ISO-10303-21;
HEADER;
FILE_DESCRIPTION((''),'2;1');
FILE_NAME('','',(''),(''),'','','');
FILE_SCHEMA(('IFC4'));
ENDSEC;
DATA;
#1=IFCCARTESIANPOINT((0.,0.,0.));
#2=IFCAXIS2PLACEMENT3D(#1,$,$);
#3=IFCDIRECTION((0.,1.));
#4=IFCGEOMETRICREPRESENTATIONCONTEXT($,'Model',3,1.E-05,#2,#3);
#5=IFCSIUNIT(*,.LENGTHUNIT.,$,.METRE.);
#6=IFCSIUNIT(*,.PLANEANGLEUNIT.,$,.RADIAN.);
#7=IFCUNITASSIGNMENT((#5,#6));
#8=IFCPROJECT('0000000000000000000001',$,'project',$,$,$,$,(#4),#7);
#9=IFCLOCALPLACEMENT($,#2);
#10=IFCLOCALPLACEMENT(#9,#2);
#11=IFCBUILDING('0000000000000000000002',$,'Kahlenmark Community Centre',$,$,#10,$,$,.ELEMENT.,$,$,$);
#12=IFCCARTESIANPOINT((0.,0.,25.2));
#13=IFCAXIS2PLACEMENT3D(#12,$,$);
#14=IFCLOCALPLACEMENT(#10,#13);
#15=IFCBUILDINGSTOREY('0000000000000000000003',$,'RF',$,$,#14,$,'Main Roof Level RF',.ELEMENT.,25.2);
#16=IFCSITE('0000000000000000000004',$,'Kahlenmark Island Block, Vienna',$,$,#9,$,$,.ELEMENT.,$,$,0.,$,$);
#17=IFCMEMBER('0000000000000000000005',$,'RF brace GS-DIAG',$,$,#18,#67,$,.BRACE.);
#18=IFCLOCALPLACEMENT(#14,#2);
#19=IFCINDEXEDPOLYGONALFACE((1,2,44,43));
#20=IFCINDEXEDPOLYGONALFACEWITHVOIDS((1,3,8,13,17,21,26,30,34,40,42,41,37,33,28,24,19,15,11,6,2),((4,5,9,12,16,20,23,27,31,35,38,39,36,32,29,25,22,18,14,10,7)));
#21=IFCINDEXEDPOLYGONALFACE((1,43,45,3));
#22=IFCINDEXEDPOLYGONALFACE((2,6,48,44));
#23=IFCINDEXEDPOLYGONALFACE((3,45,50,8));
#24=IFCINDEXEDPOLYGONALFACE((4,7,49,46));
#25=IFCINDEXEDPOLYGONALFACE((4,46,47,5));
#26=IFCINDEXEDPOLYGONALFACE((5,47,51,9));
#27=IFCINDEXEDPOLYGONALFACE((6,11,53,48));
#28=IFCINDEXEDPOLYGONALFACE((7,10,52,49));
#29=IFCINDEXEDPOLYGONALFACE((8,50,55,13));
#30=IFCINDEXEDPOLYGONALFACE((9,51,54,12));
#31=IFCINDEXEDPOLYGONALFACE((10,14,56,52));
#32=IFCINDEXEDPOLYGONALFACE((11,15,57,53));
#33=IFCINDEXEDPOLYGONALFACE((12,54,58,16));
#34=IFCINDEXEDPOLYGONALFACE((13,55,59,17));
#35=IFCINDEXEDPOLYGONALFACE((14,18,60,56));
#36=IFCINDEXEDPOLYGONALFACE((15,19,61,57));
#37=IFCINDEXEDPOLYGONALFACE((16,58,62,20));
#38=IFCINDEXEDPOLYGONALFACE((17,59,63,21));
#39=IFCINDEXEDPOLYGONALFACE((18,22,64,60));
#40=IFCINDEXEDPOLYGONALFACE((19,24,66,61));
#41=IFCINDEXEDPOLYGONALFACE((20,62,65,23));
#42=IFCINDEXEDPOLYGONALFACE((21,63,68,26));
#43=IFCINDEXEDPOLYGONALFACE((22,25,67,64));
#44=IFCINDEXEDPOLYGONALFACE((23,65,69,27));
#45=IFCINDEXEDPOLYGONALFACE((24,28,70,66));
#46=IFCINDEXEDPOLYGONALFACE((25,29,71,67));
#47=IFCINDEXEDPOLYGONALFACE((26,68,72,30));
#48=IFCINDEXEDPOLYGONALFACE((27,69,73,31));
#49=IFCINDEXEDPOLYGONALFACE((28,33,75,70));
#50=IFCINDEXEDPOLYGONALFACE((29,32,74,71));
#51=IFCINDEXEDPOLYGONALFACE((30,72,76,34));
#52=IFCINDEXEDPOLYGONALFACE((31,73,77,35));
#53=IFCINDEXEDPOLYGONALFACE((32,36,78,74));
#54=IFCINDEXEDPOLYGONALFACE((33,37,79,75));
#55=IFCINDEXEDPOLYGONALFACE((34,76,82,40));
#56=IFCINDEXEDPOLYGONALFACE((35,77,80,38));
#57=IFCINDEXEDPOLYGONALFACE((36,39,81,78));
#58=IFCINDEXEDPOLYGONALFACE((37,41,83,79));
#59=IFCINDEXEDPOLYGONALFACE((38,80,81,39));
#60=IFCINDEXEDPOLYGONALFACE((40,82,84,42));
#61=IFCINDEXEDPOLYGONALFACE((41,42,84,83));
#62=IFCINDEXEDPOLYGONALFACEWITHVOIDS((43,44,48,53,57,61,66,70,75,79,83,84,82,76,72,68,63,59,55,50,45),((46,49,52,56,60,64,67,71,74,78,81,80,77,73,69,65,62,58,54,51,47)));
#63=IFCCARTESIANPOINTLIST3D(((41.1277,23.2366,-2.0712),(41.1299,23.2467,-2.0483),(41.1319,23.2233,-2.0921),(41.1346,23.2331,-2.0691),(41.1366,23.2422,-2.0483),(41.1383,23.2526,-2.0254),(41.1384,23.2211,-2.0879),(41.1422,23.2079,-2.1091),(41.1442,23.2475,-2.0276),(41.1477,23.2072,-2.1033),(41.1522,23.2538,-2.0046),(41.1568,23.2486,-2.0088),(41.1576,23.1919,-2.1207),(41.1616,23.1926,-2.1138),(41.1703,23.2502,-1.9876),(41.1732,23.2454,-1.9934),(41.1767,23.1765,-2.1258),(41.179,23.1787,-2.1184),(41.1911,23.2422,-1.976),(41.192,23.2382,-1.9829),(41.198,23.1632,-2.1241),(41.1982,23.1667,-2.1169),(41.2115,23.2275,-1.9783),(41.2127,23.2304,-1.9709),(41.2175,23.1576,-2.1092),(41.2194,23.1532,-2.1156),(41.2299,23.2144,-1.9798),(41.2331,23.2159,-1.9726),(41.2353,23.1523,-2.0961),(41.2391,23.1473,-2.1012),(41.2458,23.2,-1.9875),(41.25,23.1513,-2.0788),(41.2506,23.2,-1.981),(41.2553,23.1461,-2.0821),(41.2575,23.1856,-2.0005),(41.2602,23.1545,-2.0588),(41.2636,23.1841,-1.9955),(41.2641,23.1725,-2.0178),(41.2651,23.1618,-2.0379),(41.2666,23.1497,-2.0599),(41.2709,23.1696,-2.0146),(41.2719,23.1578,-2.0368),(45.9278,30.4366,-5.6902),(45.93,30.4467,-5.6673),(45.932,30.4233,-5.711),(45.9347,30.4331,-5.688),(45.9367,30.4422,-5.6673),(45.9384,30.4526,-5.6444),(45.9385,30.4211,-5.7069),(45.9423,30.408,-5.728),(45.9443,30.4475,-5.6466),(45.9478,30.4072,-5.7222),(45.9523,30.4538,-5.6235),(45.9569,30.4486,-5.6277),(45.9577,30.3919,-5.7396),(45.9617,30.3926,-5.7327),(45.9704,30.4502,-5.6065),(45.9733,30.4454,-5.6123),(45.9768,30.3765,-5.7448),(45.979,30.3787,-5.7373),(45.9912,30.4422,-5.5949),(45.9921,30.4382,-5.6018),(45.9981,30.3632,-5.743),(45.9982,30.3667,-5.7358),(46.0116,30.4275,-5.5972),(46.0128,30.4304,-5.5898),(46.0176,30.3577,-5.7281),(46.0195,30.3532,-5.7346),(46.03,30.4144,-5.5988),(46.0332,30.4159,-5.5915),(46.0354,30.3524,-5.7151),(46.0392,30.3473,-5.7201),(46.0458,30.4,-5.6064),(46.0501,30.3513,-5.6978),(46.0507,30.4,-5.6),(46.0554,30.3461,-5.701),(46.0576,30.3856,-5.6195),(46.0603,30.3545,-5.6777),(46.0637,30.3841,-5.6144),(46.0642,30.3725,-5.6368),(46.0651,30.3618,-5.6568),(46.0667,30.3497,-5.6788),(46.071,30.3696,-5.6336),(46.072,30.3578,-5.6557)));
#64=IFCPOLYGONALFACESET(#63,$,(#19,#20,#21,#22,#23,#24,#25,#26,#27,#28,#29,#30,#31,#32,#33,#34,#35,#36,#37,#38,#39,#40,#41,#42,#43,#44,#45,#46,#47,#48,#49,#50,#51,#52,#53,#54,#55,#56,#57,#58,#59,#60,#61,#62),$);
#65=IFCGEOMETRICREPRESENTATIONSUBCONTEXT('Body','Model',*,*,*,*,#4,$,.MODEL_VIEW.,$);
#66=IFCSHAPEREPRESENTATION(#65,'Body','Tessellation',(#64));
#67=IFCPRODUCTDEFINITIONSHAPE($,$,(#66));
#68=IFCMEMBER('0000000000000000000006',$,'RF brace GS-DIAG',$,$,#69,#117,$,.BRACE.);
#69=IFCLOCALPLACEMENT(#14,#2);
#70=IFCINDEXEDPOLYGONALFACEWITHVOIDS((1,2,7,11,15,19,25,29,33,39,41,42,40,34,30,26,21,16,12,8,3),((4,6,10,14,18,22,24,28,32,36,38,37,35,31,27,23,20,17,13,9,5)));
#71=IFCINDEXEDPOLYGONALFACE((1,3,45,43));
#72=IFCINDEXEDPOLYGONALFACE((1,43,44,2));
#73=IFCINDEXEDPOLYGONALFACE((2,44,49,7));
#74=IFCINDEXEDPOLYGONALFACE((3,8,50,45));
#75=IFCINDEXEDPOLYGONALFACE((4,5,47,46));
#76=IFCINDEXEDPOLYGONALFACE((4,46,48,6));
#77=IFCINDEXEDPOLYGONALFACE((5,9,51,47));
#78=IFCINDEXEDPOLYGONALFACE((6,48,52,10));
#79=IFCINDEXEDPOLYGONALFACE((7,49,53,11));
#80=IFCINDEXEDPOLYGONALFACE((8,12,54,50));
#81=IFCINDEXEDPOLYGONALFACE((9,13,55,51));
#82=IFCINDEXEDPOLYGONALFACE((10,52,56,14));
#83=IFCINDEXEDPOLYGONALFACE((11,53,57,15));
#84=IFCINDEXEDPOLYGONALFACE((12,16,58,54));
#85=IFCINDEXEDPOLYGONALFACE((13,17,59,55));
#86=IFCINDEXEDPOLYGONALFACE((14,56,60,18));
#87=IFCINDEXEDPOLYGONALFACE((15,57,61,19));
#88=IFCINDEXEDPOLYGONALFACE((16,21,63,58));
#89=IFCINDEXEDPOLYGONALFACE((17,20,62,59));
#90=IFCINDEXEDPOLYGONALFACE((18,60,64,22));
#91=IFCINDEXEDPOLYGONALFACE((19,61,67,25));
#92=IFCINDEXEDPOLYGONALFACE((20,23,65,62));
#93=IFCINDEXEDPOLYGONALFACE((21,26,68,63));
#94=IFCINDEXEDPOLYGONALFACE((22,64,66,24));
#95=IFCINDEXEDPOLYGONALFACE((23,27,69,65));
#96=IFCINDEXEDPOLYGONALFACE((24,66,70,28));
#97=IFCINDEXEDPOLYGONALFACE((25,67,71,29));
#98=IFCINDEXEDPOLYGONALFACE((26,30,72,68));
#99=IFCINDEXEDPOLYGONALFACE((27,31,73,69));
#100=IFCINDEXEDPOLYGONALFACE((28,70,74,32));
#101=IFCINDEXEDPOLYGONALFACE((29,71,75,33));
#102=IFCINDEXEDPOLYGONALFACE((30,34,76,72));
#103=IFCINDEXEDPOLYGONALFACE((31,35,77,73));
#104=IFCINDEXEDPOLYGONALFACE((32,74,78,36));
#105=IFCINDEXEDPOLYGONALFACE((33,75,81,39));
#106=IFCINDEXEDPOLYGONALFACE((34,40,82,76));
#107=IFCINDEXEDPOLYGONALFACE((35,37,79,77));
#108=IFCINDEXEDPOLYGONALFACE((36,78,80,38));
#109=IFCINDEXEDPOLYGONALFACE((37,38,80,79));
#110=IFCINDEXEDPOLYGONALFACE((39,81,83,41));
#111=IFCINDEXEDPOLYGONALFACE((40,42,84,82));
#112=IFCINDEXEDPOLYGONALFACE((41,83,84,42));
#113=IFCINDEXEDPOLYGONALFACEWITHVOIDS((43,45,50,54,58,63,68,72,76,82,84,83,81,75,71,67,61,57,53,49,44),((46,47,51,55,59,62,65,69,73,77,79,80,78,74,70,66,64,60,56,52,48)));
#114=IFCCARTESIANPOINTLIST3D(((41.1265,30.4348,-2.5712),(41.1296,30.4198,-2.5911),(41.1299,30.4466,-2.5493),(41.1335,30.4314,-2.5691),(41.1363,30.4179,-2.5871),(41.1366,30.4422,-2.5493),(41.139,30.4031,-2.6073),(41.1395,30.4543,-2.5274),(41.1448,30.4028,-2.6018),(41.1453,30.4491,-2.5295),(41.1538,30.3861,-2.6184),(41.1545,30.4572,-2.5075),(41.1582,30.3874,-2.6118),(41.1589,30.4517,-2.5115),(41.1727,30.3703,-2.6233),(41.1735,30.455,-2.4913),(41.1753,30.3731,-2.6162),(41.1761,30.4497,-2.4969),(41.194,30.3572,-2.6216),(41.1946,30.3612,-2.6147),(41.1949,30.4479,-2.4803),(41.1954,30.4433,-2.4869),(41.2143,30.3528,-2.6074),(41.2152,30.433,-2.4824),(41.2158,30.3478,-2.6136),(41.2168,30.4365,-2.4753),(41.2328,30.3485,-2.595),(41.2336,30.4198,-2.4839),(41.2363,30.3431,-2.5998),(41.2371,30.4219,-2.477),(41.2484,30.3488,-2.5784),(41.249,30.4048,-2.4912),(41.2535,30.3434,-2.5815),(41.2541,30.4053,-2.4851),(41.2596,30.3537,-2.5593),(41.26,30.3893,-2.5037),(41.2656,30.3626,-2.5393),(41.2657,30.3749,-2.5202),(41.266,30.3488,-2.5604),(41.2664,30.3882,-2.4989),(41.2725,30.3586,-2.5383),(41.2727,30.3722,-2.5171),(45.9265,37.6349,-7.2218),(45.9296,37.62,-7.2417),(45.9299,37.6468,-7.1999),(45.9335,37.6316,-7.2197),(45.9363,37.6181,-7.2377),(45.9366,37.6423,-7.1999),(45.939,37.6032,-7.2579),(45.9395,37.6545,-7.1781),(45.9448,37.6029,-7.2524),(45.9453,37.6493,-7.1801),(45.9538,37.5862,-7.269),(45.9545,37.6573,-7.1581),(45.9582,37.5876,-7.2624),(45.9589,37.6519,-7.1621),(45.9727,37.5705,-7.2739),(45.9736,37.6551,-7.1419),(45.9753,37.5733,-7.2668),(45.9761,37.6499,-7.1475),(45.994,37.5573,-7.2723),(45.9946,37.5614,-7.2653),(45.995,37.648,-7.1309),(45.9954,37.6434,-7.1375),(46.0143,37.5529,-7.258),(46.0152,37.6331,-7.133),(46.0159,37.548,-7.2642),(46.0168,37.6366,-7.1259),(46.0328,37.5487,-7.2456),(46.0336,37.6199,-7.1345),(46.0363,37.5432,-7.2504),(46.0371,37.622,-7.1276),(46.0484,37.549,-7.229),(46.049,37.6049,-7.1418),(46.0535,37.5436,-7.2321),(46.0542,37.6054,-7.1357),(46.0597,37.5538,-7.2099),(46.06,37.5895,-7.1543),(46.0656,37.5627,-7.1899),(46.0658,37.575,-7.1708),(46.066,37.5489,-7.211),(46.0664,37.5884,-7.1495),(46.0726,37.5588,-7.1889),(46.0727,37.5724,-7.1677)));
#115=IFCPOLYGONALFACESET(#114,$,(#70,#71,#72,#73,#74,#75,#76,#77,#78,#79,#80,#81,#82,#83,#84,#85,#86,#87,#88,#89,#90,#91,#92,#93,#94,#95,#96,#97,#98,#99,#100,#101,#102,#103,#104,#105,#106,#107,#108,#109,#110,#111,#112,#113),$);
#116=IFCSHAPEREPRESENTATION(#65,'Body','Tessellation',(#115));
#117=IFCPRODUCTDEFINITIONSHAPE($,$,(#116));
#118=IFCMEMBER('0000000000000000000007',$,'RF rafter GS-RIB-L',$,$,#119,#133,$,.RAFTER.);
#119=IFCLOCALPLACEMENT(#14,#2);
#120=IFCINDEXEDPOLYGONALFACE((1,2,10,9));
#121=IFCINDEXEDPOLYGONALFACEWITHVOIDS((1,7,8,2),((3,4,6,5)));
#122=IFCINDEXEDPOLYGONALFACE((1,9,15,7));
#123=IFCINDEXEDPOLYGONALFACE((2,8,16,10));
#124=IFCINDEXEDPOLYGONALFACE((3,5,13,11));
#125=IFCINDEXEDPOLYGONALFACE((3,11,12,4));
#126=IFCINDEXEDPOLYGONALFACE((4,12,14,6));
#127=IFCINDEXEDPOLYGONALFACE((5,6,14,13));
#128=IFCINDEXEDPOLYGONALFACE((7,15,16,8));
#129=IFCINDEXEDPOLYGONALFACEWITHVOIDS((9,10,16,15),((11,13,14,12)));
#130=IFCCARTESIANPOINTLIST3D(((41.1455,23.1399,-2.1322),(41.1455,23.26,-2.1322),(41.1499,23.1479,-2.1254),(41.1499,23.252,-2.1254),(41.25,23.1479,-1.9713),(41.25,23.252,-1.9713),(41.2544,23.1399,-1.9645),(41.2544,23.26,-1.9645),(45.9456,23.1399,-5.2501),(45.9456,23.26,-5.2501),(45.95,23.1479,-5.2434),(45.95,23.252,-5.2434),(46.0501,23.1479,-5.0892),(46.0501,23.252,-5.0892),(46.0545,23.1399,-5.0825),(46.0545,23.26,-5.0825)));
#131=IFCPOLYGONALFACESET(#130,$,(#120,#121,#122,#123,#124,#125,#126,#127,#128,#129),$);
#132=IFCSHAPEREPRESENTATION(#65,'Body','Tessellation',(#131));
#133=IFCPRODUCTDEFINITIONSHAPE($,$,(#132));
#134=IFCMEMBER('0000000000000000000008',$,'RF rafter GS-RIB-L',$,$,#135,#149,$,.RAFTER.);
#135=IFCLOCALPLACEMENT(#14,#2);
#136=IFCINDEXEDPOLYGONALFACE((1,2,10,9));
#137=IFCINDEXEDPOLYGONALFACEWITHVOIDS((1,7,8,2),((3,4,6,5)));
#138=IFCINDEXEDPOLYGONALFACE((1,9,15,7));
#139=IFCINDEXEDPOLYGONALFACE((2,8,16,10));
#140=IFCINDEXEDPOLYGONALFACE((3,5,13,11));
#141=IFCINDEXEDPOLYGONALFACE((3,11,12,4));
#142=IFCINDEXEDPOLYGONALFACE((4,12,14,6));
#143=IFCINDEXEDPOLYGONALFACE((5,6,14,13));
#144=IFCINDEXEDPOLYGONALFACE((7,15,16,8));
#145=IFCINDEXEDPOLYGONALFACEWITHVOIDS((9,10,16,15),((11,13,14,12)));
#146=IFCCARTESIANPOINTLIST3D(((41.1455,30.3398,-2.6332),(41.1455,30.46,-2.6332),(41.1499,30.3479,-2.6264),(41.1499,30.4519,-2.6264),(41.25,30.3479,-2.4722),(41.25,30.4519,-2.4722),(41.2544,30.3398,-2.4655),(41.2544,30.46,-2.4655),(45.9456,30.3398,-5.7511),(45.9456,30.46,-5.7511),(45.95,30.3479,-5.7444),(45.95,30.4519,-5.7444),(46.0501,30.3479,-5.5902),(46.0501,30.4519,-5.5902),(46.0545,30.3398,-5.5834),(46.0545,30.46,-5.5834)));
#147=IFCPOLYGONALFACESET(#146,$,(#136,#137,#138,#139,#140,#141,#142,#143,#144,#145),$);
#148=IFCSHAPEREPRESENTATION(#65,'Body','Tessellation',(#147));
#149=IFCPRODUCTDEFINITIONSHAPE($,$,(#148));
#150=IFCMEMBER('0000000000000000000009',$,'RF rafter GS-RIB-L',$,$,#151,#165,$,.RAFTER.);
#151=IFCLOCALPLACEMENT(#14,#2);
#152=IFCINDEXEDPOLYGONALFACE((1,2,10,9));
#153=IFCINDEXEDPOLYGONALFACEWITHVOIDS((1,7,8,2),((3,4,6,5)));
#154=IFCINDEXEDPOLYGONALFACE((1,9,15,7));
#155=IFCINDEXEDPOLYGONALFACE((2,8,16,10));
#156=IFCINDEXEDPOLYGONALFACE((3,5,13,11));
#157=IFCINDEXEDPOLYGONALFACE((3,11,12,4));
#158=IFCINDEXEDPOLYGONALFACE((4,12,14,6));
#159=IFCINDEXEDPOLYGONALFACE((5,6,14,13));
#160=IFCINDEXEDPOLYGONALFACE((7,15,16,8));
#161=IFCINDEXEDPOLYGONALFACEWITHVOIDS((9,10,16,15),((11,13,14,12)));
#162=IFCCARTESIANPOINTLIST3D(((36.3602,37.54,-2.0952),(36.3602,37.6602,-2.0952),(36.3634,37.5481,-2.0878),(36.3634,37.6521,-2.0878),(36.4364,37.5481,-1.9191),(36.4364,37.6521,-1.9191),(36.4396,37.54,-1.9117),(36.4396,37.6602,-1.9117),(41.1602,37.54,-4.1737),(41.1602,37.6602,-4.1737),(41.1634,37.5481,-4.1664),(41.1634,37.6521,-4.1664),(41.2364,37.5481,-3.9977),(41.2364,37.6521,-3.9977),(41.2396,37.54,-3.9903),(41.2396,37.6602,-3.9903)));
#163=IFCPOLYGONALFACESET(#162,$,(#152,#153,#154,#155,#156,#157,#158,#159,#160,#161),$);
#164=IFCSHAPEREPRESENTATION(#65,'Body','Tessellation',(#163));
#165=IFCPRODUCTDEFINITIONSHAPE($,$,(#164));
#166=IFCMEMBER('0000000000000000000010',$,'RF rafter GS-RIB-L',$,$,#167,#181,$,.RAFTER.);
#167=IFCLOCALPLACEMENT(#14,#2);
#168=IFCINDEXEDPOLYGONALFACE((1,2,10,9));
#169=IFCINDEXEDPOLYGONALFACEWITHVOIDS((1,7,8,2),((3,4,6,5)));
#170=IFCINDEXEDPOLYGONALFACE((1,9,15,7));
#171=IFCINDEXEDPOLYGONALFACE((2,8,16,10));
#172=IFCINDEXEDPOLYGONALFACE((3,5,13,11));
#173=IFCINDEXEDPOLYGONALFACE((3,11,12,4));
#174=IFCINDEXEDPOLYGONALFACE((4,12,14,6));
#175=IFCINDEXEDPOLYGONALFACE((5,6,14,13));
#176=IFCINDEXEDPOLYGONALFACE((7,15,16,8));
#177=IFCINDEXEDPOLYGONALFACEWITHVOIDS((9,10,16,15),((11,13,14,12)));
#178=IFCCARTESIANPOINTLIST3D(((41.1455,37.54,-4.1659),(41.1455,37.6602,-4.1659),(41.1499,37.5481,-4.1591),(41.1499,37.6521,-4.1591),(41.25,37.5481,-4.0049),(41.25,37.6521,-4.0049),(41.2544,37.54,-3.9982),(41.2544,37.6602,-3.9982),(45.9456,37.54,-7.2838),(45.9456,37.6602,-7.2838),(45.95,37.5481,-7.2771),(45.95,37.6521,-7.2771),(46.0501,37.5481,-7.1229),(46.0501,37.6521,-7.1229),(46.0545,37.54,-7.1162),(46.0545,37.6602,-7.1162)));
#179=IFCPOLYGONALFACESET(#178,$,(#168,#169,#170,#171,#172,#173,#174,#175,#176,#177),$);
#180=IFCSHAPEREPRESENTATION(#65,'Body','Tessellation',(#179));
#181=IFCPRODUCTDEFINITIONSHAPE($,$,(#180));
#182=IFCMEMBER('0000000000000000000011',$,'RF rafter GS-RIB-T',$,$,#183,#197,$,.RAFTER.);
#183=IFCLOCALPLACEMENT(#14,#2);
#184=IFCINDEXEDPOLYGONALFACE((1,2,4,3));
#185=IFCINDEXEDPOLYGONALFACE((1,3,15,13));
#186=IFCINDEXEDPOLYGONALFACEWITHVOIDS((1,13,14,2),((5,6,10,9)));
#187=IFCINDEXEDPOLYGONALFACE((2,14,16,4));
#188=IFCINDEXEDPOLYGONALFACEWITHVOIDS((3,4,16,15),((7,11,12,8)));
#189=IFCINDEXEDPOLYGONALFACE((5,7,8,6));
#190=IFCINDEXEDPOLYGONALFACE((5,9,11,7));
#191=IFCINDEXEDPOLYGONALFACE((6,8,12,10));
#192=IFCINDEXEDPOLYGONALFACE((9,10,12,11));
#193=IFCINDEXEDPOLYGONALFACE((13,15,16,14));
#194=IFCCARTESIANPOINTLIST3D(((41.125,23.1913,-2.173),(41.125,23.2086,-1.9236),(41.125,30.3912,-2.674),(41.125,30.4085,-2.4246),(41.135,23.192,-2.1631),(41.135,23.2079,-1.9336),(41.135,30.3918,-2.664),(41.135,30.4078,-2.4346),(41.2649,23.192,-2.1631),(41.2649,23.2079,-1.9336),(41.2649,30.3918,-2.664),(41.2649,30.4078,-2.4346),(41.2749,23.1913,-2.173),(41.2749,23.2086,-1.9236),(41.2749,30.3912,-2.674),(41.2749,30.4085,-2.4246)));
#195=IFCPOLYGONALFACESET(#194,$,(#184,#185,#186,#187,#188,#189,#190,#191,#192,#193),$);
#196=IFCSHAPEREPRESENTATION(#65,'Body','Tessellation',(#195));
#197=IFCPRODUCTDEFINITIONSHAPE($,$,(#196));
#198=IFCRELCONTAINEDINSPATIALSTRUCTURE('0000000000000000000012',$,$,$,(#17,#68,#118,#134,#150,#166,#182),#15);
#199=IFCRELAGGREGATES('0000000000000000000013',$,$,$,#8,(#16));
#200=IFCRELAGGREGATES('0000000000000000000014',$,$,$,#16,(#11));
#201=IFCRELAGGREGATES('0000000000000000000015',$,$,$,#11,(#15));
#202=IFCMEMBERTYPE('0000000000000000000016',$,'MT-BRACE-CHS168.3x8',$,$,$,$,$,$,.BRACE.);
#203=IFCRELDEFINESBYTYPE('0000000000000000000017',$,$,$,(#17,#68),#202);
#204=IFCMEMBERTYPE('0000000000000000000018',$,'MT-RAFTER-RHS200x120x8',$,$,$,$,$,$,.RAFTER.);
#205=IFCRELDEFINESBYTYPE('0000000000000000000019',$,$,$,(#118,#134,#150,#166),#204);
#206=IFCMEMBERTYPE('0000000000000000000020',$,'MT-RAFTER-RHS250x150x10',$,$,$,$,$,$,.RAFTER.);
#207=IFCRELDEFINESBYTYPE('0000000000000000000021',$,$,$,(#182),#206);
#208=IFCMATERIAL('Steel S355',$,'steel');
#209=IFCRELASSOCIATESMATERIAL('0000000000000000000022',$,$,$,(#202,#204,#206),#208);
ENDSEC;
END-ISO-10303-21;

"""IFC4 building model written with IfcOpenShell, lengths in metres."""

from ifc_helpers import new_model, si_unit, direction, frame, origin, origin_2d, place, context, subcontext, project, spatial, hollow_rectangle, hollow_circle, extrude, material, material_profile, profile_set, type_object, element, save


model = new_model("IFC4")

# Units and contexts
model_context = context("Model", 3, precision=1e-05, world=origin(), true_north=direction((0.0, 1.0)))
body_context = subcontext(model_context, "Body", "Model", "MODEL_VIEW")
ifc_project = project(units=[si_unit("LENGTHUNIT", "METRE"), si_unit("PLANEANGLEUNIT", "RADIAN")], contexts=[model_context])

# Site, building, storey
site_placement = place(None, origin())
site = spatial("IfcSite", under=ifc_project, at=site_placement, Name="Kahlenmark Island Block, Vienna", CompositionType="ELEMENT", RefElevation=0.0)
building_placement = place(site_placement, origin())
building = spatial("IfcBuilding", under=site, at=building_placement, Name="Kahlenmark Community Centre", CompositionType="ELEMENT")
storey_placement = place(building_placement, frame((0.0, 0.0, 25.2)))
storey = spatial("IfcBuildingStorey", under=building, at=storey_placement, Name="RF", LongName="Main Roof Level RF", CompositionType="ELEMENT", Elevation=25.2)

# Members
ifc_material_1 = material(Name="Steel S355", Category="steel")
ifc_material_profile_1 = material_profile(ifc_material_1, hollow_circle(Radius=0.0842, WallThickness=0.0081, at=origin_2d()), Name="CHS 168.3x8")
ifc_profile_set_1 = profile_set([ifc_material_profile_1], Name="Steel S355")
member_type_1 = type_object("IfcMemberType", Name="MT-BRACE-CHS168.3x8", PredefinedType="BRACE", material=ifc_profile_set_1)
member_1_placement = place(storey_placement, frame((41.2, 23.2, -2.0483), z_axis=(0.511756, 0.767621, -0.385828), x_axis=(-0.832046, 0.554707, 0.0)))
element("IfcMember", 1, at=member_1_placement, inside=storey, type_object=member_type_1, Name="RF brace GS-DIAG", PredefinedType="BRACE", context=body_context, shape_type="SweptSolid", body=[
    extrude(hollow_circle(Radius=0.0842, WallThickness=0.0081, at=origin_2d()), origin(), (0.0, 0.0, 1.0), 9.3796),
])
member_2_placement = place(storey_placement, frame((41.2, 30.3999, -2.5493), z_axis=(0.488603, 0.732916, -0.473393), x_axis=(-0.832055, 0.554694, 0.0)))
element("IfcMember", 2, at=member_2_placement, inside=storey, type_object=member_type_1, Name="RF brace GS-DIAG", PredefinedType="BRACE", context=body_context, shape_type="SweptSolid", body=[
    extrude(hollow_circle(Radius=0.0842, WallThickness=0.0081, at=origin_2d()), origin(), (0.0, 0.0, 1.0), 9.824),
])
ifc_material_profile_2 = material_profile(ifc_material_1, hollow_rectangle(XDim=0.1201, YDim=0.2, WallThickness=0.0081, at=origin_2d()), Name="RHS 200x120x8")
ifc_profile_set_2 = profile_set([ifc_material_profile_2], Name="Steel S355")
member_type_2 = type_object("IfcMemberType", Name="MT-RAFTER-RHS200x120x8", PredefinedType="RAFTER", material=ifc_profile_set_2)
for number, where, z_axis, x_axis, name in (
    (3, (41.2, 23.2, -2.0483), (0.838612, 0.0, -0.544729), (0.0, 1.0, 0.0), "RF rafter GS-RIB-L"),
    (4, (41.2, 30.3999, -2.5493), (0.838612, 0.0, -0.544729), (0.0, 1.0, 0.0), "RF rafter GS-RIB-L"),
):
    element("IfcMember", number, at=place(storey_placement, frame(where, z_axis=z_axis, x_axis=x_axis)), inside=storey, type_object=member_type_2, Name=name, PredefinedType="RAFTER", context=body_context, shape_type="SweptSolid", body=[
        extrude(hollow_rectangle(XDim=0.1201, YDim=0.2, WallThickness=0.0081, at=origin_2d()), origin(), (0.0, 0.0, 1.0), 5.7239),
    ])
member_3_placement = place(storey_placement, frame((36.3999, 37.6001, -2.0034), z_axis=(0.917654, 0.0, -0.397381), x_axis=(0.0, 1.0, 0.0)))
element("IfcMember", 5, at=member_3_placement, inside=storey, type_object=member_type_2, Name="RF rafter GS-RIB-L", PredefinedType="RAFTER", context=body_context, shape_type="SweptSolid", body=[
    extrude(hollow_rectangle(XDim=0.1201, YDim=0.2, WallThickness=0.0081, at=origin_2d()), origin(), (0.0, 0.0, 1.0), 5.2307),
])
member_4_placement = place(storey_placement, frame((41.2, 37.6001, -4.082), z_axis=(0.838612, 0.0, -0.544729), x_axis=(0.0, 1.0, 0.0)))
element("IfcMember", 6, at=member_4_placement, inside=storey, type_object=member_type_2, Name="RF rafter GS-RIB-L", PredefinedType="RAFTER", context=body_context, shape_type="SweptSolid", body=[
    extrude(hollow_rectangle(XDim=0.1201, YDim=0.2, WallThickness=0.0081, at=origin_2d()), origin(), (0.0, 0.0, 1.0), 5.7239),
])
ifc_material_profile_3 = material_profile(ifc_material_1, hollow_rectangle(XDim=0.1499, YDim=0.25, WallThickness=0.01, at=origin_2d()), Name="RHS 250x150x10")
ifc_profile_set_3 = profile_set([ifc_material_profile_3], Name="Steel S355")
member_type_3 = type_object("IfcMemberType", Name="MT-RAFTER-RHS250x150x10", PredefinedType="RAFTER", material=ifc_profile_set_3)
member_5_placement = place(storey_placement, frame((41.2, 23.2, -2.0483), z_axis=(0.0, 0.997588, -0.069413), x_axis=(-1.0, 0.0, 0.0)))
element("IfcMember", 7, at=member_5_placement, inside=storey, type_object=member_type_3, Name="RF rafter GS-RIB-T", PredefinedType="RAFTER", context=body_context, shape_type="SweptSolid", body=[
    extrude(hollow_rectangle(XDim=0.1499, YDim=0.25, WallThickness=0.01, at=origin_2d()), origin(), (0.0, 0.0, 1.0), 7.2173),
])

save(model, "model.ifc")
